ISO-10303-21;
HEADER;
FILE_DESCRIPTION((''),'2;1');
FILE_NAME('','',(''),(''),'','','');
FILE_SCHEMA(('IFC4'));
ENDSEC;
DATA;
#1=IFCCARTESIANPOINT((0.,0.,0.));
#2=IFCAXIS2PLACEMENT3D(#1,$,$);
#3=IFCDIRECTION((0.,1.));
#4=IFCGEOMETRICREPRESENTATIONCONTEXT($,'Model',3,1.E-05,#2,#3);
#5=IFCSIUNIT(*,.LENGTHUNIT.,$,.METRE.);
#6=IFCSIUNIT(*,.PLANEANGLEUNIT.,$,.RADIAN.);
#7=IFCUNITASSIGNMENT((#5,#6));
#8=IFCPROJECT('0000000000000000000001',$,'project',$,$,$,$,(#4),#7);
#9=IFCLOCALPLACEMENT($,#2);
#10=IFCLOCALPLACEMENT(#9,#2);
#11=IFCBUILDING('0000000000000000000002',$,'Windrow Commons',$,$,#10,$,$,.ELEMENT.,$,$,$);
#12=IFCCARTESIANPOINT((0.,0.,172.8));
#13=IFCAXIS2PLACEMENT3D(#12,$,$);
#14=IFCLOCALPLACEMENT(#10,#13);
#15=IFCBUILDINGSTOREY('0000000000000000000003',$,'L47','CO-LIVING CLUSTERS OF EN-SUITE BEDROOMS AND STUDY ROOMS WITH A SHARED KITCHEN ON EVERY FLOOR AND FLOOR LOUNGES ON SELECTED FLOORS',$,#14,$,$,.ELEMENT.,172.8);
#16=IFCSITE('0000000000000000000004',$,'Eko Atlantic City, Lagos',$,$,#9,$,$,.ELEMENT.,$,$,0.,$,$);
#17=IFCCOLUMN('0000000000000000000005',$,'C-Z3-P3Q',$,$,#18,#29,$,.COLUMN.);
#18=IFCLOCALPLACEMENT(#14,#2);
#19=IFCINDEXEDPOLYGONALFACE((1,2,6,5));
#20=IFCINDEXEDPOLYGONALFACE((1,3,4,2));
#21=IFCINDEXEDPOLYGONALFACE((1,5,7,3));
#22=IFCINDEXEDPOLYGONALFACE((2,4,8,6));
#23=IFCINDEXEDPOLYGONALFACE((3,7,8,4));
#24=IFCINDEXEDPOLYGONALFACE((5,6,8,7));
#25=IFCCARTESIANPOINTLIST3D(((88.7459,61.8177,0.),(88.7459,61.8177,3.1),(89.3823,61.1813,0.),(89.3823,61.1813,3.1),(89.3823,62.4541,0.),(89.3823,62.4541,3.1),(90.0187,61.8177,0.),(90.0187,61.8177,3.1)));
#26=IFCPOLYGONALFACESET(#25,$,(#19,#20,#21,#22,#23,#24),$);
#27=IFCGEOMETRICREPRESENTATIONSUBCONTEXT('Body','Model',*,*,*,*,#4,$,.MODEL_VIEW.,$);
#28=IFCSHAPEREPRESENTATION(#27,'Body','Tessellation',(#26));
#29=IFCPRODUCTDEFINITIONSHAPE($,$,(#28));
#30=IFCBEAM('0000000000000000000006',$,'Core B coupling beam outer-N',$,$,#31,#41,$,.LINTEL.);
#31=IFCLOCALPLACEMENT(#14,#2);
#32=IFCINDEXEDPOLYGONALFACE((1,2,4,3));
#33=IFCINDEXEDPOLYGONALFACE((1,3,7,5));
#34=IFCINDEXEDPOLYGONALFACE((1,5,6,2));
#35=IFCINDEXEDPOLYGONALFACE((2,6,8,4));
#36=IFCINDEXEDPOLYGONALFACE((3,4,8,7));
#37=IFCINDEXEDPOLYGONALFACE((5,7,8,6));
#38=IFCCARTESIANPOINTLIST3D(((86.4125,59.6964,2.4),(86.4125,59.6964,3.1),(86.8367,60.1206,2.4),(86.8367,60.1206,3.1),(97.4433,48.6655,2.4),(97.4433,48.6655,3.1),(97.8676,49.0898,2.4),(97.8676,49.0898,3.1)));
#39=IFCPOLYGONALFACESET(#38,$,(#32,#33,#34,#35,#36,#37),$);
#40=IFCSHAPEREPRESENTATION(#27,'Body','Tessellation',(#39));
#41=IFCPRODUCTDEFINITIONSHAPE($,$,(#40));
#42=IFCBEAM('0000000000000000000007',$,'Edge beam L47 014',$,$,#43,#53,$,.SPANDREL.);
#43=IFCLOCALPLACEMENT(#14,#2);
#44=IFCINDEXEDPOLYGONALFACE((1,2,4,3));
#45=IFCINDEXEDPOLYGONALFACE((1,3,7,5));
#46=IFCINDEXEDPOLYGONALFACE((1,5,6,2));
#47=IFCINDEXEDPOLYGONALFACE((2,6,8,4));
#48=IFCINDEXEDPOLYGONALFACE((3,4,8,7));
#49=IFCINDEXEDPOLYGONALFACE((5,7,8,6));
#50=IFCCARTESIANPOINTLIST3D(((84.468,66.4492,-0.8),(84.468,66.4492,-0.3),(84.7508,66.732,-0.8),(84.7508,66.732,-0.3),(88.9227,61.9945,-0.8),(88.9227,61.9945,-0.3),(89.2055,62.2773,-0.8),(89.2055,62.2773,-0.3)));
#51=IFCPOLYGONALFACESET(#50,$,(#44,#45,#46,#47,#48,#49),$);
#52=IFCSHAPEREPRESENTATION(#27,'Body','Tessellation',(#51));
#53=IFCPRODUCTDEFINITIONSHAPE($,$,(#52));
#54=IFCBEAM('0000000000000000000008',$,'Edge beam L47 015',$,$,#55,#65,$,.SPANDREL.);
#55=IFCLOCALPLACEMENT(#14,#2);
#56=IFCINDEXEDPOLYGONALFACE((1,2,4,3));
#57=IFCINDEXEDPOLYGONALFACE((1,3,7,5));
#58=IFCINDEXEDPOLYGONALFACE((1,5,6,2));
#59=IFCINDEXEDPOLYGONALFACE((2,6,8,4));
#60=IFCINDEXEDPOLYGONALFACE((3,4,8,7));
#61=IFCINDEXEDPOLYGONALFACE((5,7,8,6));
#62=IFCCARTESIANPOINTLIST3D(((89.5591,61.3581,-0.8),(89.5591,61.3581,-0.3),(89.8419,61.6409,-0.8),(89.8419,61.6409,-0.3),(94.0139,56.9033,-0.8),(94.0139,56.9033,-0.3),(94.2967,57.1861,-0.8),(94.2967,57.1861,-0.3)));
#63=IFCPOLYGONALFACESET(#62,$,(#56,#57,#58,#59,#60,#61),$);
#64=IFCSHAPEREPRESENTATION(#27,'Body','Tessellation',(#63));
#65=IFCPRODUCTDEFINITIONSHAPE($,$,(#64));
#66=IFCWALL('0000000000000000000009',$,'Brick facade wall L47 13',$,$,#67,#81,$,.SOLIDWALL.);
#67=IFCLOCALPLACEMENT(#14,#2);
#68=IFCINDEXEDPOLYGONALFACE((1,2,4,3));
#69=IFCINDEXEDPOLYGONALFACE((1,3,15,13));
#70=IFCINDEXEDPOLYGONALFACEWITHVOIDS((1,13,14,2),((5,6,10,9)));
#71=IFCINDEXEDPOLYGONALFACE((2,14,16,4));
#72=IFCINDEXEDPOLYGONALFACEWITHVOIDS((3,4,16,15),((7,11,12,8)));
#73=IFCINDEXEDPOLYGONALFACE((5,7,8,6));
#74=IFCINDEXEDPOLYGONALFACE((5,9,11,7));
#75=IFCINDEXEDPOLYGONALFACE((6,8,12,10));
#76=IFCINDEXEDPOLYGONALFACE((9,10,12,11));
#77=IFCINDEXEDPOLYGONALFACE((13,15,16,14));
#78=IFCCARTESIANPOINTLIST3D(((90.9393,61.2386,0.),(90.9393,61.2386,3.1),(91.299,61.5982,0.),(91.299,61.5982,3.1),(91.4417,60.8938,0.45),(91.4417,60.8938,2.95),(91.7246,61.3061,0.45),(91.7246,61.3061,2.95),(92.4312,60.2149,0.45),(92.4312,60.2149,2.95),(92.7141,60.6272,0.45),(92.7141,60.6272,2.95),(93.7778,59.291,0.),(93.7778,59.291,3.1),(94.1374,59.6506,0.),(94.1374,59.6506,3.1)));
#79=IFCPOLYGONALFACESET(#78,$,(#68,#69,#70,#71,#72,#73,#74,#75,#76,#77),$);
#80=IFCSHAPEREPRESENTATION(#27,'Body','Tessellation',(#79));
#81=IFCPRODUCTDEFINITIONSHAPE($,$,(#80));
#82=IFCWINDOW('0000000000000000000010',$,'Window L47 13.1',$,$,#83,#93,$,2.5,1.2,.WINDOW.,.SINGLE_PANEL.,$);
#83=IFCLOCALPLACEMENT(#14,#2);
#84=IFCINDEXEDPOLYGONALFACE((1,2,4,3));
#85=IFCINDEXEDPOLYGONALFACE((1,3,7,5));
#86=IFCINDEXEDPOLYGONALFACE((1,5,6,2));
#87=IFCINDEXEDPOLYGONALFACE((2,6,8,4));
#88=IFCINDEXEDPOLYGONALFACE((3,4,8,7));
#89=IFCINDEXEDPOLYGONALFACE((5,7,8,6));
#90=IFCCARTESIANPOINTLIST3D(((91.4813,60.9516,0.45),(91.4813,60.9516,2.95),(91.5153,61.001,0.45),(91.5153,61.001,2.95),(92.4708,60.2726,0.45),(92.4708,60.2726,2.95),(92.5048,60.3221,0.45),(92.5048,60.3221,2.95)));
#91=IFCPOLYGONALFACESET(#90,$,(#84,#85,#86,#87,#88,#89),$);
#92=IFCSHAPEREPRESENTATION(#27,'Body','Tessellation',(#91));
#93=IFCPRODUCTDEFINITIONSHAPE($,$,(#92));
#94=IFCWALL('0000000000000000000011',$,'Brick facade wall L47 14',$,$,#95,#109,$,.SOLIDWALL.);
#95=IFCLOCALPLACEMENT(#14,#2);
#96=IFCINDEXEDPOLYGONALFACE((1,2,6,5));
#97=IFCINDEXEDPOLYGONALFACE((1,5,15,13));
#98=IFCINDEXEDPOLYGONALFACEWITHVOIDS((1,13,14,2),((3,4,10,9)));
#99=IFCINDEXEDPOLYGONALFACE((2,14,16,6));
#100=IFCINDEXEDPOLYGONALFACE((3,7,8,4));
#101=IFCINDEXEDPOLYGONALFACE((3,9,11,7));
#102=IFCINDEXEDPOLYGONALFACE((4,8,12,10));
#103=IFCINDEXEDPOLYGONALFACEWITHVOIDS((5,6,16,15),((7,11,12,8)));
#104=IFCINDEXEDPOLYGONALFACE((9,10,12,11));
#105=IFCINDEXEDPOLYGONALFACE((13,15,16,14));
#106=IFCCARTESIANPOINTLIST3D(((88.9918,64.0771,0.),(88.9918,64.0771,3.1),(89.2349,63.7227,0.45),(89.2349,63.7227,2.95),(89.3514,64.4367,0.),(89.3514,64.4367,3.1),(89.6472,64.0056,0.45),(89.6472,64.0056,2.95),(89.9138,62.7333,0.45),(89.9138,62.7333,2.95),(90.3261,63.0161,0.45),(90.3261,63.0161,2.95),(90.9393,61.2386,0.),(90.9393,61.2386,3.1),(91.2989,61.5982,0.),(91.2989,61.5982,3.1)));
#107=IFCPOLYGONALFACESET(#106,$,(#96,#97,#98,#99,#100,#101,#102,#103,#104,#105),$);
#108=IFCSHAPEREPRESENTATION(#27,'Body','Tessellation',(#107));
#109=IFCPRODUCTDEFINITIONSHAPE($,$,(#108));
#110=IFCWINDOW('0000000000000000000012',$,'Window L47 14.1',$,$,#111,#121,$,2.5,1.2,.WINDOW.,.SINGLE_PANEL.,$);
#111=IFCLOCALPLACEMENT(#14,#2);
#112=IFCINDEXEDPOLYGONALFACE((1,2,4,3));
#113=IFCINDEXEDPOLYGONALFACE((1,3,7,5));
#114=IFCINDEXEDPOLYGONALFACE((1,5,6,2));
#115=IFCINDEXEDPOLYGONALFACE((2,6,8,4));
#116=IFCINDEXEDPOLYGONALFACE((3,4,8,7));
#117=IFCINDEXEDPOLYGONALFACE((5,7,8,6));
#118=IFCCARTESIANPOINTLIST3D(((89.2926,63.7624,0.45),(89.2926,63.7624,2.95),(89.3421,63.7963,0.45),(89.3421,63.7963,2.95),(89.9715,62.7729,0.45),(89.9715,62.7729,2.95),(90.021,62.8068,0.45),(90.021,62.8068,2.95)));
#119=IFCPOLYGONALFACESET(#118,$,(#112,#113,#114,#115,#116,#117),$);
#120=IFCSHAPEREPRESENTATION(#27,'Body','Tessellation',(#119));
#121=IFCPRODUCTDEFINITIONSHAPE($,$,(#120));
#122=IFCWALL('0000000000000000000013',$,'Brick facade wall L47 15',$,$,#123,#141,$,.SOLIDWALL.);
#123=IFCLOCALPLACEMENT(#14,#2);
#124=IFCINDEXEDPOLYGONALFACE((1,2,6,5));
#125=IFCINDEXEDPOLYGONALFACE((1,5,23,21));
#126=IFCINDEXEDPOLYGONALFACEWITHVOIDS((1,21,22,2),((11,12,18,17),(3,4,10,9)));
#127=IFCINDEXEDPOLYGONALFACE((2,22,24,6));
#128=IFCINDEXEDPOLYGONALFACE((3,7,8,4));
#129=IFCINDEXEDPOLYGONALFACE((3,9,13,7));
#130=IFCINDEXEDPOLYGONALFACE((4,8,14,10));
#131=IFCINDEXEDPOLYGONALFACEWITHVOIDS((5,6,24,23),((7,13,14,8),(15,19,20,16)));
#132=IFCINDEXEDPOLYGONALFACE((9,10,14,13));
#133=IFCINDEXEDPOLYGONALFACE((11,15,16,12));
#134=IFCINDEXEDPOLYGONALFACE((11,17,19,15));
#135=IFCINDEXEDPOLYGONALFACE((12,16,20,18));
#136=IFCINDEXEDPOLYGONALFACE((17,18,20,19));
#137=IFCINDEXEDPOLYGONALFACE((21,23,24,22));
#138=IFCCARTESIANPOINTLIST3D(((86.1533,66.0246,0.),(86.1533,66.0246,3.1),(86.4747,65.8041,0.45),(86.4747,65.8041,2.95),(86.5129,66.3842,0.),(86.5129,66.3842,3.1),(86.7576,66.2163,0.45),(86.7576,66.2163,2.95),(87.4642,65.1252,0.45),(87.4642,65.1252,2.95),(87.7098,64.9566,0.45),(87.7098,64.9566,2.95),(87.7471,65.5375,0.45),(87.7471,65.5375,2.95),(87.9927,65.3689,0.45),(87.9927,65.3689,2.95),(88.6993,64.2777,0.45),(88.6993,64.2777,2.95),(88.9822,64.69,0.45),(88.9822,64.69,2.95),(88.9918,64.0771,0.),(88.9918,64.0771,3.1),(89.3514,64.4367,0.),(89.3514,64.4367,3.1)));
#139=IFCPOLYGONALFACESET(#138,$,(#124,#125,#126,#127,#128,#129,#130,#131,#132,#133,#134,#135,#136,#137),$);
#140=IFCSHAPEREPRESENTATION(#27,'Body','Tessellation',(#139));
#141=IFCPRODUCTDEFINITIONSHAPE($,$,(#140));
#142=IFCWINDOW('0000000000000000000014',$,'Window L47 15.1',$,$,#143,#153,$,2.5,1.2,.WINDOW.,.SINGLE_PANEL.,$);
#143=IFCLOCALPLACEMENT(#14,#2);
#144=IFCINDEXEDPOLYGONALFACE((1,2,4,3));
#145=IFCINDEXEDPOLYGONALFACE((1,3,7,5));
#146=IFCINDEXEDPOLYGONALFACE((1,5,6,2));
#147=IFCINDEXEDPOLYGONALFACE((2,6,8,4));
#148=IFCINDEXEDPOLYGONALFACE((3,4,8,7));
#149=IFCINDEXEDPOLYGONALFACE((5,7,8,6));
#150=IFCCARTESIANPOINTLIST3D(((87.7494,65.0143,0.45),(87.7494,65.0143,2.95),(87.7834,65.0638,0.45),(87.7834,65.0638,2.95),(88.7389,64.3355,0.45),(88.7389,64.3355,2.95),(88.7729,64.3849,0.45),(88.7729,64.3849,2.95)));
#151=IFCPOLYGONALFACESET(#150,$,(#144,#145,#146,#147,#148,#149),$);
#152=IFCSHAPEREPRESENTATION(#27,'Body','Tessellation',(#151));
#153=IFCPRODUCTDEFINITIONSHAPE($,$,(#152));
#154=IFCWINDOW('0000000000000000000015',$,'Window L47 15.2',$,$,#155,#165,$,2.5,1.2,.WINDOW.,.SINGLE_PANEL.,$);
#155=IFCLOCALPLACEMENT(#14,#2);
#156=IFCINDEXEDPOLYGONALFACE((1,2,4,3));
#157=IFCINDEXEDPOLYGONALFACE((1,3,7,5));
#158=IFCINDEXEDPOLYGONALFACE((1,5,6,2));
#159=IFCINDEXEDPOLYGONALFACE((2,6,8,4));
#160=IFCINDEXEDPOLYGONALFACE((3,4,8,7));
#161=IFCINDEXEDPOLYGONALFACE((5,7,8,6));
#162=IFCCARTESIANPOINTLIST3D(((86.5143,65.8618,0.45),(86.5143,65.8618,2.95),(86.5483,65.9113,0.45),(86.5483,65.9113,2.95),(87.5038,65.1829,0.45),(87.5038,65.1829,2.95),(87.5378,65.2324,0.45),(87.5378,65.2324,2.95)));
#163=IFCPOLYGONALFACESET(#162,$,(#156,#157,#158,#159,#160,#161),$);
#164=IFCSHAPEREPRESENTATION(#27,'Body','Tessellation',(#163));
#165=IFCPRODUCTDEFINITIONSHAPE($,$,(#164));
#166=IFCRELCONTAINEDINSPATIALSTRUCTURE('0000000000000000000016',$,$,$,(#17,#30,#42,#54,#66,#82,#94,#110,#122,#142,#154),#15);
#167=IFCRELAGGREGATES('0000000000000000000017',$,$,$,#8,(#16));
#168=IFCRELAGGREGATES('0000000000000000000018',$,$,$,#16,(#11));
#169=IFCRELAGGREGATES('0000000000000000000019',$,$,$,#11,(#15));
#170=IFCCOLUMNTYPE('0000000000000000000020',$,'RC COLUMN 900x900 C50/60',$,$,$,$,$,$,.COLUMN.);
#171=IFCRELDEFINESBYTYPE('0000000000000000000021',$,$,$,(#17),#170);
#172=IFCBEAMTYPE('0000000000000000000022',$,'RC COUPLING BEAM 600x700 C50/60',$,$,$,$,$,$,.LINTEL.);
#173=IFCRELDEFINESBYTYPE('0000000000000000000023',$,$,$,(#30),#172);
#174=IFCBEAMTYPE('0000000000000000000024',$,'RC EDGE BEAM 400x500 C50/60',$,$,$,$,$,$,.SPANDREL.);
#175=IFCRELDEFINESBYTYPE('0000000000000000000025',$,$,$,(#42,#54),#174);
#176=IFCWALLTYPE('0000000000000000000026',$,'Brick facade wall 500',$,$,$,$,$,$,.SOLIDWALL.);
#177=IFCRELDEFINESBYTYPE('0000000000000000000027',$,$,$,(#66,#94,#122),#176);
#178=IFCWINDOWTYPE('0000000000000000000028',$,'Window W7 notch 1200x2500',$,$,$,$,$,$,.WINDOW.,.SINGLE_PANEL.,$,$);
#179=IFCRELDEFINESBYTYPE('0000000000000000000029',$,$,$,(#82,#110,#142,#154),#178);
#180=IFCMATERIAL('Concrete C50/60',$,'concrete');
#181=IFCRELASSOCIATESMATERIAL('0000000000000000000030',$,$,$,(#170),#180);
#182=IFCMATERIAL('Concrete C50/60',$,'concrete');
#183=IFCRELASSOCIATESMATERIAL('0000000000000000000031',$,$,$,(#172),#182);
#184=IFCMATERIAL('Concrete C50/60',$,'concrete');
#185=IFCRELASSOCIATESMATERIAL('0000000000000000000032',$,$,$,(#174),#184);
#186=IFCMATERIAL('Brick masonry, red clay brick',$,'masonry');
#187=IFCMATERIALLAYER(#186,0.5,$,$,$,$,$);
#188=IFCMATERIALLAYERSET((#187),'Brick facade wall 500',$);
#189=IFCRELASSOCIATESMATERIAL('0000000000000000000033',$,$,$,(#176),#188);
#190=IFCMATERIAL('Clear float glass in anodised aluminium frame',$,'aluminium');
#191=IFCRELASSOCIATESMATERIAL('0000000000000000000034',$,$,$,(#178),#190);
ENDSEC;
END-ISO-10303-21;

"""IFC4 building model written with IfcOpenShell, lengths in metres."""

from ifc_helpers import new_model, si_unit, direction, frame, frame_2d, origin, origin_2d, place, context, subcontext, project, spatial, polyline, rectangle, outline, extrude, material, layer, layer_set, material_profile, profile_set, type_object, element, fill, save


model = new_model("IFC4")

# Units and contexts
model_context = context("Model", 3, precision=1e-05, world=origin(), true_north=direction((0.0, 1.0)))
body_context = subcontext(model_context, "Body", "Model", "MODEL_VIEW")
ifc_project = project(units=[si_unit("LENGTHUNIT", "METRE"), si_unit("PLANEANGLEUNIT", "RADIAN")], contexts=[model_context])

# Site, building, storey
site_placement = place(None, origin())
site = spatial("IfcSite", under=ifc_project, at=site_placement, Name="Eko Atlantic City, Lagos", CompositionType="ELEMENT", RefElevation=0.0)
building_placement = place(site_placement, origin())
building = spatial("IfcBuilding", under=site, at=building_placement, Name="Windrow Commons", CompositionType="ELEMENT")
storey_placement = place(building_placement, frame((0.0, 0.0, 172.8)))
storey = spatial("IfcBuildingStorey", under=building, at=storey_placement, Name="L47", Description="CO-LIVING CLUSTERS OF EN-SUITE BEDROOMS AND STUDY ROOMS WITH A SHARED KITCHEN ON EVERY FLOOR AND FLOOR LOUNGES ON SELECTED FLOORS", CompositionType="ELEMENT", Elevation=172.8)

# Column
ifc_material_1 = material(Name="Concrete C50/60", Category="concrete")
ifc_material_profile_1 = material_profile(ifc_material_1, rectangle(XDim=0.9, YDim=0.9, at=origin_2d()))
ifc_profile_set_1 = profile_set([ifc_material_profile_1], Name="Concrete C50/60")
column_type = type_object("IfcColumnType", Name="RC COLUMN 900x900 C50/60", PredefinedType="COLUMN", material=ifc_profile_set_1)
column_placement = place(storey_placement, frame((89.3823, 61.8177, 0.0), z_axis=(0.0, 0.0, 1.0), x_axis=(0.707107, -0.707107, 0.0)))
element("IfcColumn", 1, at=column_placement, inside=storey, type_object=column_type, Name="C-Z3-P3Q", PredefinedType="COLUMN", context=body_context, shape_type="SweptSolid", body=[
    extrude(rectangle(XDim=0.9, YDim=0.9, at=origin_2d()), origin(), (0.0, 0.0, 1.0), 3.1),
])

# Beams
ifc_material_2 = material(Name="Concrete C50/60", Category="concrete")
ifc_material_profile_2 = material_profile(ifc_material_2, rectangle(XDim=0.6, YDim=0.7, at=origin_2d()))
ifc_profile_set_2 = profile_set([ifc_material_profile_2], Name="Concrete C50/60")
beam_type_1 = type_object("IfcBeamType", Name="RC COUPLING BEAM 600x700 C50/60", PredefinedType="LINTEL", material=ifc_profile_set_2)
beam_1_placement = place(storey_placement, frame((86.6246, 59.9085, 2.75), z_axis=(0.707107, -0.707107, 0.0), x_axis=(0.707107, 0.707107, 0.0)))
element("IfcBeam", 2, at=beam_1_placement, inside=storey, type_object=beam_type_1, Name="Core B coupling beam outer-N", PredefinedType="LINTEL", context=body_context, shape_type="SweptSolid", body=[
    extrude(rectangle(XDim=0.6, YDim=0.7, at=origin_2d()), origin(), (0.0, 0.0, 1.0), 15.6),
])
ifc_material_3 = material(Name="Concrete C50/60", Category="concrete")
ifc_material_profile_3 = material_profile(ifc_material_3, rectangle(XDim=0.4, YDim=0.5, at=origin_2d()))
ifc_profile_set_3 = profile_set([ifc_material_profile_3], Name="Concrete C50/60")
beam_type_2 = type_object("IfcBeamType", Name="RC EDGE BEAM 400x500 C50/60", PredefinedType="SPANDREL", material=ifc_profile_set_3)
beam_2_placement = place(storey_placement, frame((84.6094, 66.5906, -0.55), z_axis=(0.707107, -0.707107, 0.0), x_axis=(0.707107, 0.707107, 0.0)))
element("IfcBeam", 3, at=beam_2_placement, inside=storey, type_object=beam_type_2, Name="Edge beam L47 014", PredefinedType="SPANDREL", context=body_context, shape_type="SweptSolid", body=[
    extrude(rectangle(XDim=0.4, YDim=0.5, at=origin_2d()), origin(), (0.0, 0.0, 1.0), 6.2999),
])
beam_3_placement = place(storey_placement, frame((89.7005, 61.4995, -0.55), z_axis=(0.707107, -0.707107, 0.0), x_axis=(0.707107, 0.707107, 0.0)))
element("IfcBeam", 4, at=beam_3_placement, inside=storey, type_object=beam_type_2, Name="Edge beam L47 015", PredefinedType="SPANDREL", context=body_context, shape_type="SweptSolid", body=[
    extrude(rectangle(XDim=0.4, YDim=0.5, at=origin_2d()), origin(), (0.0, 0.0, 1.0), 6.3),
])

# Walls, openings, windows
ifc_material_4 = material(Name="Brick masonry, red clay brick", Category="masonry")
ifc_layer_1 = layer(ifc_material_4, 0.5)
ifc_layer_set_1 = layer_set([ifc_layer_1], Name="Brick facade wall 500")
wall_type_1 = type_object("IfcWallType", Name="Brick facade wall 500", PredefinedType="SOLIDWALL", material=ifc_layer_set_1)
wall_1_placement = place(storey_placement, frame((93.9576, 59.4708, 0.0), z_axis=(0.0, 0.0, 1.0), x_axis=(-0.824566, 0.565765, 0.0)))
wall_1 = element("IfcWall", 5, at=wall_1_placement, inside=storey, type_object=wall_type_1, Name="Brick facade wall L47 13", PredefinedType="SOLIDWALL", context=body_context, shape_type="SweptSolid", body=[
    extrude(outline(polyline([(-0.0465, -0.25), (3.3958, -0.25), (3.4889, 0.25), (0.0465, 0.25), (-0.0465, -0.25)])), origin(), (0.0, 0.0, 1.0), 3.1),
])
opening_1_placement = place(wall_1_placement, frame((1.6796, 0.0, 0.45)))
opening_1 = element("IfcOpeningElement", 6, at=opening_1_placement, cuts=wall_1, PredefinedType="OPENING", context=body_context, shape_type="SweptSolid", body=[
    extrude(rectangle(XDim=1.2, YDim=2.5, at=frame_2d((0.6, 1.25))), frame((0.0, 0.26, 0.0), z_axis=(0.0, -1.0, 0.0), x_axis=(1.0, 0.0, 0.0)), (0.0, 0.0, 1.0), 0.52),
])
ifc_material_5 = material(Name="Clear float glass in anodised aluminium frame", Category="aluminium")
window_type = type_object("IfcWindowType", Name="Window W7 notch 1200x2500", PartitioningType="SINGLE_PANEL", PredefinedType="WINDOW", material=ifc_material_5)
window_1_placement = place(opening_1_placement, origin())
window_1 = element("IfcWindow", 7, at=window_1_placement, inside=storey, type_object=window_type, Name="Window L47 13.1", OverallHeight=2.5, OverallWidth=1.2, PartitioningType="SINGLE_PANEL", PredefinedType="WINDOW", context=body_context, shape_type="SweptSolid", body=[
    extrude(rectangle(XDim=1.2, YDim=2.5, at=frame_2d((0.6, 1.25))), frame((0.0, 0.18, 0.0), z_axis=(0.0, -1.0, 0.0), x_axis=(1.0, 0.0, 0.0)), (0.0, 0.0, 1.0), 0.06),
])
fill(opening_1, window_1)
wall_2_placement = place(storey_placement, frame((91.1191, 61.4184, 0.0), z_axis=(0.0, 0.0, 1.0), x_axis=(-0.565746, 0.82458, 0.0)))
wall_2 = element("IfcWall", 8, at=wall_2_placement, inside=storey, type_object=wall_type_1, Name="Brick facade wall L47 14", PredefinedType="SOLIDWALL", context=body_context, shape_type="SweptSolid", body=[
    extrude(outline(polyline([(0.0465, -0.25), (3.4889, -0.25), (3.3958, 0.25), (-0.0465, 0.25), (0.0465, -0.25)])), origin(), (0.0, 0.0, 1.0), 3.1),
])
opening_2_placement = place(wall_2_placement, frame((1.7661, 0.0, 0.45)))
opening_2 = element("IfcOpeningElement", 9, at=opening_2_placement, cuts=wall_2, PredefinedType="OPENING", context=body_context, shape_type="SweptSolid", body=[
    extrude(rectangle(XDim=1.2, YDim=2.5, at=frame_2d((0.6, 1.25))), frame((0.0, 0.26, 0.0), z_axis=(0.0, -1.0, 0.0), x_axis=(1.0, 0.0, 0.0)), (0.0, 0.0, 1.0), 0.52),
])
window_2_placement = place(opening_2_placement, origin())
window_2 = element("IfcWindow", 10, at=window_2_placement, inside=storey, type_object=window_type, Name="Window L47 14.1", OverallHeight=2.5, OverallWidth=1.2, PartitioningType="SINGLE_PANEL", PredefinedType="WINDOW", context=body_context, shape_type="SweptSolid", body=[
    extrude(rectangle(XDim=1.2, YDim=2.5, at=frame_2d((0.6, 1.25))), frame((0.0, 0.18, 0.0), z_axis=(0.0, -1.0, 0.0), x_axis=(1.0, 0.0, 0.0)), (0.0, 0.0, 1.0), 0.06),
])
fill(opening_2, window_2)

# Wall, openings, windows
wall_3_placement = place(storey_placement, frame((89.1716, 64.2569, 0.0), z_axis=(0.0, 0.0, 1.0), x_axis=(-0.82458, 0.565746, 0.0)))
wall_3 = element("IfcWall", 11, at=wall_3_placement, inside=storey, type_object=wall_type_1, Name="Brick facade wall L47 15", PredefinedType="SOLIDWALL", context=body_context, shape_type="SweptSolid", body=[
    extrude(outline(polyline([(-0.0465, -0.25), (3.3958, -0.25), (3.4889, 0.25), (0.0465, 0.25), (-0.0465, -0.25)])), origin(), (0.0, 0.0, 1.0), 3.1),
])
opening_3_placement = place(wall_3_placement, frame((0.4012, 0.0, 0.45)))
opening_3 = element("IfcOpeningElement", 12, at=opening_3_placement, cuts=wall_3, PredefinedType="OPENING", context=body_context, shape_type="SweptSolid", body=[
    extrude(rectangle(XDim=1.2, YDim=2.5, at=frame_2d((0.6, 1.25))), frame((0.0, 0.26, 0.0), z_axis=(0.0, -1.0, 0.0), x_axis=(1.0, 0.0, 0.0)), (0.0, 0.0, 1.0), 0.52),
])
opening_4_placement = place(wall_3_placement, frame((1.8991, 0.0, 0.45)))
opening_4 = element("IfcOpeningElement", 13, at=opening_4_placement, cuts=wall_3, PredefinedType="OPENING", context=body_context, shape_type="SweptSolid", body=[
    extrude(rectangle(XDim=1.2, YDim=2.5, at=frame_2d((0.6, 1.25))), frame((0.0, 0.26, 0.0), z_axis=(0.0, -1.0, 0.0), x_axis=(1.0, 0.0, 0.0)), (0.0, 0.0, 1.0), 0.52),
])
window_3_placement = place(opening_3_placement, origin())
window_3 = element("IfcWindow", 14, at=window_3_placement, inside=storey, type_object=window_type, Name="Window L47 15.1", OverallHeight=2.5, OverallWidth=1.2, PartitioningType="SINGLE_PANEL", PredefinedType="WINDOW", context=body_context, shape_type="SweptSolid", body=[
    extrude(rectangle(XDim=1.2, YDim=2.5, at=frame_2d((0.6, 1.25))), frame((0.0, 0.18, 0.0), z_axis=(0.0, -1.0, 0.0), x_axis=(1.0, 0.0, 0.0)), (0.0, 0.0, 1.0), 0.06),
])
fill(opening_3, window_3)
window_4_placement = place(opening_4_placement, origin())
window_4 = element("IfcWindow", 15, at=window_4_placement, inside=storey, type_object=window_type, Name="Window L47 15.2", OverallHeight=2.5, OverallWidth=1.2, PartitioningType="SINGLE_PANEL", PredefinedType="WINDOW", context=body_context, shape_type="SweptSolid", body=[
    extrude(rectangle(XDim=1.2, YDim=2.5, at=frame_2d((0.6, 1.25))), frame((0.0, 0.18, 0.0), z_axis=(0.0, -1.0, 0.0), x_axis=(1.0, 0.0, 0.0)), (0.0, 0.0, 1.0), 0.06),
])
fill(opening_4, window_4)

save(model, "model.ifc")
